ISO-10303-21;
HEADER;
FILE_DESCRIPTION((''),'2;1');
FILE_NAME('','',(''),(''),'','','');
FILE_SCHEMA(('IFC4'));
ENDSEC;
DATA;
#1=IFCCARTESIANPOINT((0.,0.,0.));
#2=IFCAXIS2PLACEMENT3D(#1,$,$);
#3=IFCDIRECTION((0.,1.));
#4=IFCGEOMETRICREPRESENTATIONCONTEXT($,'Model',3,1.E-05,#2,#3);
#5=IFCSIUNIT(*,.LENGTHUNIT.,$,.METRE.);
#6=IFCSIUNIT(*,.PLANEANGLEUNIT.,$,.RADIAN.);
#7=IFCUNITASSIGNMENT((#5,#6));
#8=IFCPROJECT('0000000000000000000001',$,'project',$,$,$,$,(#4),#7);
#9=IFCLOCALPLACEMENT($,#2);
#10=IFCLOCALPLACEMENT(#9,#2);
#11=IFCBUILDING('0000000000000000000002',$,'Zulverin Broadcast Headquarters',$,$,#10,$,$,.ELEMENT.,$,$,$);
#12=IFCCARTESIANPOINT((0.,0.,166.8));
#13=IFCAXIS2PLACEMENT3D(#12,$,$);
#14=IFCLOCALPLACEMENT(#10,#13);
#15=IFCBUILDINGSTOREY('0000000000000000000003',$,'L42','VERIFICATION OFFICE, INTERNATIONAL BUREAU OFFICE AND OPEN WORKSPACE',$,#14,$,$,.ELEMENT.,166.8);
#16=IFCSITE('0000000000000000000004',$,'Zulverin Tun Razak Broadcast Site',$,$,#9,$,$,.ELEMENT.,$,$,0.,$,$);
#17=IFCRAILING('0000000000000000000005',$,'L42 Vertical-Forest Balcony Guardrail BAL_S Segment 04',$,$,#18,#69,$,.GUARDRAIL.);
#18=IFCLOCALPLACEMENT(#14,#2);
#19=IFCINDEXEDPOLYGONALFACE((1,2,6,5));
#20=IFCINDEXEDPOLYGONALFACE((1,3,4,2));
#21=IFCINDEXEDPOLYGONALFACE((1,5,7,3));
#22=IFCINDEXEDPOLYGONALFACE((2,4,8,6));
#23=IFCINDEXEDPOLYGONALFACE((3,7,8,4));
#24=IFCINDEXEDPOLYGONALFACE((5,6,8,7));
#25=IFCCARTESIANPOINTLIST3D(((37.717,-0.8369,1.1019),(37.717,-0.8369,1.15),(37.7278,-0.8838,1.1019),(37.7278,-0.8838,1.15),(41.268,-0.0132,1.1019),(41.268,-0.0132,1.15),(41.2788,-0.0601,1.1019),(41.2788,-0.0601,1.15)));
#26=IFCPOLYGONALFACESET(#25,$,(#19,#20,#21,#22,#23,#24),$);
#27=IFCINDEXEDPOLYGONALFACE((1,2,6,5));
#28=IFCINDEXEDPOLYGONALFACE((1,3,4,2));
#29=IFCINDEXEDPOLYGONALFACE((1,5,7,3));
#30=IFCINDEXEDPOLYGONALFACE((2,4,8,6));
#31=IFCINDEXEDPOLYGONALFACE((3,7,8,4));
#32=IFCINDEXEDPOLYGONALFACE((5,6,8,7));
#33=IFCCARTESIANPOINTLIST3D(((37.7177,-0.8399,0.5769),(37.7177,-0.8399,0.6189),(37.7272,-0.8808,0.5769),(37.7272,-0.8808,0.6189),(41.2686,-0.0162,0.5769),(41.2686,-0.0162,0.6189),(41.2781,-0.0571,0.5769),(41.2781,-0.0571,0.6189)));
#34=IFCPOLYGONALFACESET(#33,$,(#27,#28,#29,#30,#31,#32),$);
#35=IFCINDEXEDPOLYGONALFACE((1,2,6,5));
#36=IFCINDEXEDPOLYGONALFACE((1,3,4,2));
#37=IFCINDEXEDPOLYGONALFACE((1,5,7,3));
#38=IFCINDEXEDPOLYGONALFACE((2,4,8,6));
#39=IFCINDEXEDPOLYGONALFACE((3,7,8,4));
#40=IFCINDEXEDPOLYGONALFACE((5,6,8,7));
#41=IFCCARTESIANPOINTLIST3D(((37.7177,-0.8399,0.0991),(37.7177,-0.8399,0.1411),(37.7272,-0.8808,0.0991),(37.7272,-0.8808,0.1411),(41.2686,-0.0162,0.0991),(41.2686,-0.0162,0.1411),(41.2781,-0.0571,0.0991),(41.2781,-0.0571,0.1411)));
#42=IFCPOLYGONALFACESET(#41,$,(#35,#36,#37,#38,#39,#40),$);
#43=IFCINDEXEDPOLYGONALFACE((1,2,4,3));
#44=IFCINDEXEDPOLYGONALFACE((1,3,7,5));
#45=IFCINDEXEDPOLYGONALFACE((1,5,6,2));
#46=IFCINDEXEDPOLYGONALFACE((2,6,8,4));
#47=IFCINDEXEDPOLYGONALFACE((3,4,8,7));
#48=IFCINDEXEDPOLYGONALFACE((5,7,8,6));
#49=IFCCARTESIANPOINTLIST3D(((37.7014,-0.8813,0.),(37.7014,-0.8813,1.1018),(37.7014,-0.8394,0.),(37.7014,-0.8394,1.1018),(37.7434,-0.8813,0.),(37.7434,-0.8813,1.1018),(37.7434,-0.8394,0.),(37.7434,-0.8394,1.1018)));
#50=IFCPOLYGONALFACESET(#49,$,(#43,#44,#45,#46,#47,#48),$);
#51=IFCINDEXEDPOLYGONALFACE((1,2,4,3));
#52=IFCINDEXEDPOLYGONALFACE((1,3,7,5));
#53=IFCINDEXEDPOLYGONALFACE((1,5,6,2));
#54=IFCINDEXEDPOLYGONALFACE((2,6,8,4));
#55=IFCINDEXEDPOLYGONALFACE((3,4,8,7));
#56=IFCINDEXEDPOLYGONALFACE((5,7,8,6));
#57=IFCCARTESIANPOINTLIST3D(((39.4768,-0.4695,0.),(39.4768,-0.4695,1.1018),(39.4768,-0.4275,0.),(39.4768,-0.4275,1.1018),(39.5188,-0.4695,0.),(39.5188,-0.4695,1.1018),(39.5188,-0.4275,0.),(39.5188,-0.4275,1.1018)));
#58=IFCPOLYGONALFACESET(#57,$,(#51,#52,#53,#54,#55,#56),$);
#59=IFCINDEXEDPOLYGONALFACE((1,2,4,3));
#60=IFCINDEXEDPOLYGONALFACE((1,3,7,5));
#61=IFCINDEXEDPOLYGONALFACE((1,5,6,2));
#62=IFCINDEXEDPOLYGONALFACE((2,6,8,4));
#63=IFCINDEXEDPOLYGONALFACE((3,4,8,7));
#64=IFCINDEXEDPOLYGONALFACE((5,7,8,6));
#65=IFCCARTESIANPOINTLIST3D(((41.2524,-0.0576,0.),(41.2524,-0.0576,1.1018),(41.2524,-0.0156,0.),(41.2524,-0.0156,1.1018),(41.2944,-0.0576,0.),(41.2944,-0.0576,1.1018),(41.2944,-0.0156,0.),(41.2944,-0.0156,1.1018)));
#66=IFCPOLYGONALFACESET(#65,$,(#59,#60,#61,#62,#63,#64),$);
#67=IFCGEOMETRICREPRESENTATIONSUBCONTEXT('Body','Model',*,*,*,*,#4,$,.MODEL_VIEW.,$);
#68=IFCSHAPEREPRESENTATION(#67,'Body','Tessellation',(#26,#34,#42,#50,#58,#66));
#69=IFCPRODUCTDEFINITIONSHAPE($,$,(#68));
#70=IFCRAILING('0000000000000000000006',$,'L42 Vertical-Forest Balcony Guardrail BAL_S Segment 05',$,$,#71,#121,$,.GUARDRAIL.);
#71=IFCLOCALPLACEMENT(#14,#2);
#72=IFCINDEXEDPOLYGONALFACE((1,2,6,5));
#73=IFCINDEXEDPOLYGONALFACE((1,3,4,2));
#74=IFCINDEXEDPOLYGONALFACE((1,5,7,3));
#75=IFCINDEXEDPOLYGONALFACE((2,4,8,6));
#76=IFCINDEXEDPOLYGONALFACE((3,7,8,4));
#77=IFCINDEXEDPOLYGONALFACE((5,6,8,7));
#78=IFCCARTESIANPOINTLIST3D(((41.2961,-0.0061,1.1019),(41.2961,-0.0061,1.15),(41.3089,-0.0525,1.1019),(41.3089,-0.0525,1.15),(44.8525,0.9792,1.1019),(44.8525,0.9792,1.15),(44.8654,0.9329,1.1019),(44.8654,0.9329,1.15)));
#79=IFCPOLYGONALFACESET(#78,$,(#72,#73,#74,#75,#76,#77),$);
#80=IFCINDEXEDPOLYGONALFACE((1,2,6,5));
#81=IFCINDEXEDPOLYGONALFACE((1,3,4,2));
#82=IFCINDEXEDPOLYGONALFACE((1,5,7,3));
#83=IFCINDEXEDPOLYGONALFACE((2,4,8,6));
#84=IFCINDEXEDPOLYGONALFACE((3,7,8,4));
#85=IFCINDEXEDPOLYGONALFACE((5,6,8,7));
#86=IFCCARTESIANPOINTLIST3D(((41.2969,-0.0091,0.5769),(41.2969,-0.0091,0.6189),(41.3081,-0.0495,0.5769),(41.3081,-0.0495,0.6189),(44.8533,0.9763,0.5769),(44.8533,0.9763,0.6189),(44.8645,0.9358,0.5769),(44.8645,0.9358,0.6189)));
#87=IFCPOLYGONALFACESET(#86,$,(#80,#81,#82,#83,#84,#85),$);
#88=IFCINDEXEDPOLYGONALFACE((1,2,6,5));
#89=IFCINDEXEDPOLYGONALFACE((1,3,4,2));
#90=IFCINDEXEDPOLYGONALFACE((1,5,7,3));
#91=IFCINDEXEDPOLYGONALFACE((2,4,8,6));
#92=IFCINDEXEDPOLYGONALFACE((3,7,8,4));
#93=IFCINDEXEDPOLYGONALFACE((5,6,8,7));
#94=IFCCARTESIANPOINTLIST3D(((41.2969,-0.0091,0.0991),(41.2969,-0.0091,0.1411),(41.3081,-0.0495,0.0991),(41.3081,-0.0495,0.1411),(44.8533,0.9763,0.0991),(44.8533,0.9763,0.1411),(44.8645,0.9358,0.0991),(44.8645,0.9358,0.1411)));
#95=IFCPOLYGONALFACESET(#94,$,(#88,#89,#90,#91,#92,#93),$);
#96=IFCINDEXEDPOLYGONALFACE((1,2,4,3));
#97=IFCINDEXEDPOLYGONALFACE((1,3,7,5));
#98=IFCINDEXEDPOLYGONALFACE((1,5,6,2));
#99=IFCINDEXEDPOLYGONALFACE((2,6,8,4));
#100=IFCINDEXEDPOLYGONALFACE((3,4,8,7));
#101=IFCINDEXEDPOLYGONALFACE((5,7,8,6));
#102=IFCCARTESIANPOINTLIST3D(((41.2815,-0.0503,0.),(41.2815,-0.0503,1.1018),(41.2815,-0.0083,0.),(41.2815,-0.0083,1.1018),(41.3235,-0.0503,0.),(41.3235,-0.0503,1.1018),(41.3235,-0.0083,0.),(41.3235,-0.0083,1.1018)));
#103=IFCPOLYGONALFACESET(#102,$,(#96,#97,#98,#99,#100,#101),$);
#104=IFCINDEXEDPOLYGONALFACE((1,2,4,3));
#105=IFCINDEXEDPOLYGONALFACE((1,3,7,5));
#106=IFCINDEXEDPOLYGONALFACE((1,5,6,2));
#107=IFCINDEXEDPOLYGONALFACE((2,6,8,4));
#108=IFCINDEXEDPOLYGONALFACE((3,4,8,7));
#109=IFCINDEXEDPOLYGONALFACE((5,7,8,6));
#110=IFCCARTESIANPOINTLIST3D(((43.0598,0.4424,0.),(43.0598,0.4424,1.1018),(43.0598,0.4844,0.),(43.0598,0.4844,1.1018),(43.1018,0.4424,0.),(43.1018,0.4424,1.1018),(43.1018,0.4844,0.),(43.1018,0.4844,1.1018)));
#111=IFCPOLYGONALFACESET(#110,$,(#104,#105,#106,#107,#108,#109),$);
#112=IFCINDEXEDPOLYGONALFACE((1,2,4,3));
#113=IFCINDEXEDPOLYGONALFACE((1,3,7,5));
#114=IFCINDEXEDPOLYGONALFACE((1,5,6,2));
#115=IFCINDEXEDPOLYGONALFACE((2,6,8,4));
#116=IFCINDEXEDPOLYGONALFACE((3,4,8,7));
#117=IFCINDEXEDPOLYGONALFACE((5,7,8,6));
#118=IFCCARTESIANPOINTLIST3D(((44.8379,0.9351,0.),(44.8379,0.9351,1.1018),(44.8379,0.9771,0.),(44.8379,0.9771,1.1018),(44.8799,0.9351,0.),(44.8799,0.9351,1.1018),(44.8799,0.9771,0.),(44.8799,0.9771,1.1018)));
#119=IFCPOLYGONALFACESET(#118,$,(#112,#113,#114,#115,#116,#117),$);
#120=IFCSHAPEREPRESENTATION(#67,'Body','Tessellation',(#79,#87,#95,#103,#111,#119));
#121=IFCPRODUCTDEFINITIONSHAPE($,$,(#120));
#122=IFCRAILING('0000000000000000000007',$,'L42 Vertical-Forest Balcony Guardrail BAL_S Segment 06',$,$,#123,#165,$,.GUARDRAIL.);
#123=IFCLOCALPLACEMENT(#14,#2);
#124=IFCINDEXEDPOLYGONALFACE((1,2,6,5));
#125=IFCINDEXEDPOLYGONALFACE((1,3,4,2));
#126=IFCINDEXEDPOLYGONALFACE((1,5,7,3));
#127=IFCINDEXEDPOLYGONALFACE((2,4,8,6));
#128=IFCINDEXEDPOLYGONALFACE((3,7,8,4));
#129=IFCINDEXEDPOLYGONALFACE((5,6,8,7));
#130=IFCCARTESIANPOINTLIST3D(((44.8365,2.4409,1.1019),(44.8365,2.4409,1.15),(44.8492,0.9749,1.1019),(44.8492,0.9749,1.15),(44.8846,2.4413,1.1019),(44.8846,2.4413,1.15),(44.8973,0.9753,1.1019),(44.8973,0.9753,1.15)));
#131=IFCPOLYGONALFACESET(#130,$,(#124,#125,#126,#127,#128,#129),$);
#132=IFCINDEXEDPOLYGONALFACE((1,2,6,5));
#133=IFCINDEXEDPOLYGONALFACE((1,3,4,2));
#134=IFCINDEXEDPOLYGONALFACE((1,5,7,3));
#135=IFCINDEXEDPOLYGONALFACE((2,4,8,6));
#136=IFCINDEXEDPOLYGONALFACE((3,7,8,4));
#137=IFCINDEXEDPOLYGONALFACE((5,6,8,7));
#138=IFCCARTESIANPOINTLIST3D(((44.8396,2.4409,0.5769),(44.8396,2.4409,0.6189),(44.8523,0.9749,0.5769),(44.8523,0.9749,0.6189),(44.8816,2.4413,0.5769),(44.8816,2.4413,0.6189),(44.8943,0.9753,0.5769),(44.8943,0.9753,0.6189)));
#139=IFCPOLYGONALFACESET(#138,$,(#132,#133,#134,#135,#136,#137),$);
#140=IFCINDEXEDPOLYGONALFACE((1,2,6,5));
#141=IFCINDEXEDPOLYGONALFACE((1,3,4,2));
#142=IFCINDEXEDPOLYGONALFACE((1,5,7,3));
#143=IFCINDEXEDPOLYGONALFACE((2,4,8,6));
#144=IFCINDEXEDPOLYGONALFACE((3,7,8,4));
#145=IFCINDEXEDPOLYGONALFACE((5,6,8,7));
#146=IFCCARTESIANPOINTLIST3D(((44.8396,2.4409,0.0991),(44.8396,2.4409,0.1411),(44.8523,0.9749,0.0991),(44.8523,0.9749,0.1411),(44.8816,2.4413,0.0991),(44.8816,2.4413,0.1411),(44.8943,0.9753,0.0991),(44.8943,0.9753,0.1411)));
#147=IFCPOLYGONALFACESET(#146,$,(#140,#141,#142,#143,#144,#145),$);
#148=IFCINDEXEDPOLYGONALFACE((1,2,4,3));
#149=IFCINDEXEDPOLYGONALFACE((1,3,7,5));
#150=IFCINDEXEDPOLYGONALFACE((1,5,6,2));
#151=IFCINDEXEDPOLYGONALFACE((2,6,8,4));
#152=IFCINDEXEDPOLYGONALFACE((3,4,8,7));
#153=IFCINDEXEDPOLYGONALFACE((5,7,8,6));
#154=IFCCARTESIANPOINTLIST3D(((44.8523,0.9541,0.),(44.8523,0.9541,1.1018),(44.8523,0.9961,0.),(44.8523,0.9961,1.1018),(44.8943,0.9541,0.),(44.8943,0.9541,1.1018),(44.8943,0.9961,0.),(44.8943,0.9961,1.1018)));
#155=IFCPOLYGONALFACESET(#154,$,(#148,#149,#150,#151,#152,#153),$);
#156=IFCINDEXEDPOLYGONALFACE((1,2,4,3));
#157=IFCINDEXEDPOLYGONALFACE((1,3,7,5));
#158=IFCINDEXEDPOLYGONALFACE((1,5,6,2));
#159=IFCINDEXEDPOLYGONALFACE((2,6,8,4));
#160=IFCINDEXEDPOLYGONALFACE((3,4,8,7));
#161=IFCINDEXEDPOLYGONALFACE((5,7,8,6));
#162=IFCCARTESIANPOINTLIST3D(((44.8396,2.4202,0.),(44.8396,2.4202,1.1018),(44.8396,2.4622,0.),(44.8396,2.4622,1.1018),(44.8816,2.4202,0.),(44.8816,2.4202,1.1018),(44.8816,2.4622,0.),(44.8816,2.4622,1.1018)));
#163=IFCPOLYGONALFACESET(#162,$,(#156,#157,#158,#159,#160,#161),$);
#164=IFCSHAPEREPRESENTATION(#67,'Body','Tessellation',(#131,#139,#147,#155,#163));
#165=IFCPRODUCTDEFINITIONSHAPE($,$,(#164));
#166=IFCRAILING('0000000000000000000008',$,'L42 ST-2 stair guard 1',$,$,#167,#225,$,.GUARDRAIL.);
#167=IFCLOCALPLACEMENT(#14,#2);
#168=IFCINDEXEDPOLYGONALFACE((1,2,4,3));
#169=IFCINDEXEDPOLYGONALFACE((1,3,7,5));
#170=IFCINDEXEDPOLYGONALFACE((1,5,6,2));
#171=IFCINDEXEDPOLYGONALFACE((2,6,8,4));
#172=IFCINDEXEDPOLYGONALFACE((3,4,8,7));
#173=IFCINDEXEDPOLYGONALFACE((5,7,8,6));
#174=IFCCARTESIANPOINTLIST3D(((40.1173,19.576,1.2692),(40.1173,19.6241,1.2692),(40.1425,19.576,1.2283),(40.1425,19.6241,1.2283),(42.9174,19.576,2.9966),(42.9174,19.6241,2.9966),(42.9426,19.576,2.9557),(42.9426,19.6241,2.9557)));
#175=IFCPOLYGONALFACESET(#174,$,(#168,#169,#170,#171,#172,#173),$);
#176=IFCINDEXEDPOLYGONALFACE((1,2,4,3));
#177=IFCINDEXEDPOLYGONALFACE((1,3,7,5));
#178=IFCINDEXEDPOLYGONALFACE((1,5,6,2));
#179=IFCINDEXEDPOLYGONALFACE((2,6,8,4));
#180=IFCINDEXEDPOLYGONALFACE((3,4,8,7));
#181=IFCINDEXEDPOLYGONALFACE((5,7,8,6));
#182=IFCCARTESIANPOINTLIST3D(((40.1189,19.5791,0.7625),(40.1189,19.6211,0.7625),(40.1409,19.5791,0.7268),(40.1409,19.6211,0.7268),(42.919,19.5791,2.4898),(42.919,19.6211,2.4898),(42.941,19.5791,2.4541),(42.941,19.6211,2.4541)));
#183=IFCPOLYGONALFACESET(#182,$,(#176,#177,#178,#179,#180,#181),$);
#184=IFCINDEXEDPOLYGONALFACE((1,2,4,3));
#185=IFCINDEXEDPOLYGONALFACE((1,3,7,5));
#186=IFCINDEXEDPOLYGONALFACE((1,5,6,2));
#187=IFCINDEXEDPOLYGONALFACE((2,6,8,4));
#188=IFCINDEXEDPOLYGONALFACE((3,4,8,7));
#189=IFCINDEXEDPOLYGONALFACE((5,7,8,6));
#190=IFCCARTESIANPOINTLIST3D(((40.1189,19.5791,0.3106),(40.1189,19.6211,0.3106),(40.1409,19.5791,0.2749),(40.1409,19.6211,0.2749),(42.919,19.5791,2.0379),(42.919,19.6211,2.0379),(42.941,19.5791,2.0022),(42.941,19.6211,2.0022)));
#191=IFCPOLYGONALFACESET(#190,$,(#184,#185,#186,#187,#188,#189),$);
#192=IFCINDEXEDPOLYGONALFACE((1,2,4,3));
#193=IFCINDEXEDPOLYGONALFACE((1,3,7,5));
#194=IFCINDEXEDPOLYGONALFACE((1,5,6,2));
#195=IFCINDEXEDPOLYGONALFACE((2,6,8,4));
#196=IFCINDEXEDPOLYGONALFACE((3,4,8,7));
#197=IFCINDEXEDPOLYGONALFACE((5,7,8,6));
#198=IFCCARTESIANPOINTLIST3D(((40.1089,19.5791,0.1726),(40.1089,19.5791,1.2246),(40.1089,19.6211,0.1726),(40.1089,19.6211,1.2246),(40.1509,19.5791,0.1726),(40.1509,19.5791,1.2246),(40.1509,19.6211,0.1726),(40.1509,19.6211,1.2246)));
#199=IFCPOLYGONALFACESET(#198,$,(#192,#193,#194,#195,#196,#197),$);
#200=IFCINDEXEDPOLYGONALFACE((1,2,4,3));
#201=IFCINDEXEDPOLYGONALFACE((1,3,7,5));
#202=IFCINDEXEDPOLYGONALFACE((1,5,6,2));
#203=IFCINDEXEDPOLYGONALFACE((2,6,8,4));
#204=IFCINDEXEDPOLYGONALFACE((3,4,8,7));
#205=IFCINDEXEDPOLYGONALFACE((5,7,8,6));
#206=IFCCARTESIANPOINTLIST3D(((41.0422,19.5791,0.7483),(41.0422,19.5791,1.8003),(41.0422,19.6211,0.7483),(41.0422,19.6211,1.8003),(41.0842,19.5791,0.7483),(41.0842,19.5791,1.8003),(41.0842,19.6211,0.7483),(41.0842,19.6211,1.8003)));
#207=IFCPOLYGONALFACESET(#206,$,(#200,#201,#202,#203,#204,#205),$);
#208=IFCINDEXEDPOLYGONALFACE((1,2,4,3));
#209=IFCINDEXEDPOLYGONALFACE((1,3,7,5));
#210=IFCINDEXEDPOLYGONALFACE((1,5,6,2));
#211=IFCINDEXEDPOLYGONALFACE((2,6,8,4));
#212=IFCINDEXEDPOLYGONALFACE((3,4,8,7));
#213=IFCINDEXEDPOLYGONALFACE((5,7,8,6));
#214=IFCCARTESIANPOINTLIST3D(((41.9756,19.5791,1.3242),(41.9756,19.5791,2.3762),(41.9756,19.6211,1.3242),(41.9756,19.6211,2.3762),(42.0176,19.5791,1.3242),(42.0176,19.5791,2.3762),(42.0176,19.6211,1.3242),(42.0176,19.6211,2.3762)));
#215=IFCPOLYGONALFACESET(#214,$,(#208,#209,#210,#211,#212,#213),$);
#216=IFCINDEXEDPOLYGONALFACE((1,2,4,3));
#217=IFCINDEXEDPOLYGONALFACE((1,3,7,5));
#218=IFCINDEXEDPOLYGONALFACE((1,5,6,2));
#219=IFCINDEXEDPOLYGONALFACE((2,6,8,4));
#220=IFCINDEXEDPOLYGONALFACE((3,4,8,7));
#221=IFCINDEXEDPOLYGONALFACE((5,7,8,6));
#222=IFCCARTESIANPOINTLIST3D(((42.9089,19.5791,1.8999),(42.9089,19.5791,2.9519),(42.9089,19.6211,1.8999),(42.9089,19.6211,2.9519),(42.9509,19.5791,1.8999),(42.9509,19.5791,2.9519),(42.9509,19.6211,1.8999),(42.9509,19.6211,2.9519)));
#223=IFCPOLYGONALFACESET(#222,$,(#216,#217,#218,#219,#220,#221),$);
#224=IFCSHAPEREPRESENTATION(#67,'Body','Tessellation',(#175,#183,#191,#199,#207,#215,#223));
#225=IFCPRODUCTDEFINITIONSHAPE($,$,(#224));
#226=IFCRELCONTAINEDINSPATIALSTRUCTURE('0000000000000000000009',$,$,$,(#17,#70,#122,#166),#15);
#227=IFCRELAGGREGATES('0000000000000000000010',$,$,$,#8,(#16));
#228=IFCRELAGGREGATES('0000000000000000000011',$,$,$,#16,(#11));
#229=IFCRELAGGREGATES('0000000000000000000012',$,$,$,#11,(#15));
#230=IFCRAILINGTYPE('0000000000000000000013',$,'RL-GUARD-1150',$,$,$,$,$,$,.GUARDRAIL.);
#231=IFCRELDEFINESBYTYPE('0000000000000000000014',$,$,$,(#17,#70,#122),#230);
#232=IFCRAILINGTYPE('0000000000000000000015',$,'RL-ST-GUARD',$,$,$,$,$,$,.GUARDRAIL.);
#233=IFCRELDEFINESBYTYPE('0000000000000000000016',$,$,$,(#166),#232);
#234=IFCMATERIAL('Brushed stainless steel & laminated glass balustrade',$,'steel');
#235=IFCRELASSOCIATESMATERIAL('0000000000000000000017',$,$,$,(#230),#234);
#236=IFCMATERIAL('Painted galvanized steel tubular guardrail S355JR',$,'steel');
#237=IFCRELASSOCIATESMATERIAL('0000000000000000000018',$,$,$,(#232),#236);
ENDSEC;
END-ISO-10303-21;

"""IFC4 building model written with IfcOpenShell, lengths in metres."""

from ifc_helpers import new_model, si_unit, direction, frame, origin, origin_2d, place, context, subcontext, project, spatial, rectangle, extrude, material, type_object, element, save


model = new_model("IFC4")

# Units and contexts
model_context = context("Model", 3, precision=1e-05, world=origin(), true_north=direction((0.0, 1.0)))
body_context = subcontext(model_context, "Body", "Model", "MODEL_VIEW")
ifc_project = project(units=[si_unit("LENGTHUNIT", "METRE"), si_unit("PLANEANGLEUNIT", "RADIAN")], contexts=[model_context])

# Site, building, storey
site_placement = place(None, origin())
site = spatial("IfcSite", under=ifc_project, at=site_placement, Name="Zulverin Tun Razak Broadcast Site", CompositionType="ELEMENT", RefElevation=0.0)
building_placement = place(site_placement, origin())
building = spatial("IfcBuilding", under=site, at=building_placement, Name="Zulverin Broadcast Headquarters", CompositionType="ELEMENT")
storey_placement = place(building_placement, frame((0.0, 0.0, 166.8)))
storey = spatial("IfcBuildingStorey", under=building, at=storey_placement, Name="L42", Description="VERIFICATION OFFICE, INTERNATIONAL BUREAU OFFICE AND OPEN WORKSPACE", CompositionType="ELEMENT", Elevation=166.8)

# Railings
ifc_material_1 = material(Name="Brushed stainless steel & laminated glass balustrade", Category="steel")
railing_type_1 = type_object("IfcRailingType", Name="RL-GUARD-1150", PredefinedType="GUARDRAIL", material=ifc_material_1)
railing_1_placement = place(storey_placement, frame((37.7224, -0.8604, 0.0)))
element("IfcRailing", 1, at=railing_1_placement, inside=storey, type_object=railing_type_1, Name="L42 Vertical-Forest Balcony Guardrail BAL_S Segment 04", PredefinedType="GUARDRAIL", context=body_context, shape_type="SweptSolid", body=[
    extrude(rectangle(XDim=0.0481, YDim=0.0481, at=origin_2d()), frame((0.0, 0.0, 1.126), z_axis=(0.974134, 0.22597, 0.0), x_axis=(-0.22597, 0.974134, 0.0)), (0.0, 0.0, 1.0), 3.6453),
    extrude(rectangle(XDim=0.042, YDim=0.042, at=origin_2d()), frame((0.0, 0.0, 0.5979), z_axis=(0.974134, 0.22597, 0.0), x_axis=(-0.22597, 0.974134, 0.0)), (0.0, 0.0, 1.0), 3.6453),
    extrude(rectangle(XDim=0.042, YDim=0.042, at=origin_2d()), frame((0.0, 0.0, 0.1201), z_axis=(0.974134, 0.22597, 0.0), x_axis=(-0.22597, 0.974134, 0.0)), (0.0, 0.0, 1.0), 3.6453),
    extrude(rectangle(XDim=0.042, YDim=0.042, at=origin_2d()), origin(), (0.0, 0.0, 1.0), 1.1018),
    extrude(rectangle(XDim=0.042, YDim=0.042, at=origin_2d()), frame((1.7754, 0.4119, 0.0)), (0.0, 0.0, 1.0), 1.1018),
    extrude(rectangle(XDim=0.042, YDim=0.042, at=origin_2d()), frame((3.551, 0.8237, 0.0)), (0.0, 0.0, 1.0), 1.1018),
])
railing_2_placement = place(storey_placement, frame((41.3025, -0.0293, 0.0)))
element("IfcRailing", 2, at=railing_2_placement, inside=storey, type_object=railing_type_1, Name="L42 Vertical-Forest Balcony Guardrail BAL_S Segment 05", PredefinedType="GUARDRAIL", context=body_context, shape_type="SweptSolid", body=[
    extrude(rectangle(XDim=0.0481, YDim=0.0481, at=origin_2d()), frame((0.0, 0.0, 1.126), z_axis=(0.963695, 0.267006, 0.0), x_axis=(-0.267006, 0.963695, 0.0)), (0.0, 0.0, 1.0), 3.6904),
    extrude(rectangle(XDim=0.042, YDim=0.042, at=origin_2d()), frame((0.0, 0.0, 0.5979), z_axis=(0.963695, 0.267006, 0.0), x_axis=(-0.267006, 0.963695, 0.0)), (0.0, 0.0, 1.0), 3.6904),
    extrude(rectangle(XDim=0.042, YDim=0.042, at=origin_2d()), frame((0.0, 0.0, 0.1201), z_axis=(0.963695, 0.267006, 0.0), x_axis=(-0.267006, 0.963695, 0.0)), (0.0, 0.0, 1.0), 3.6904),
    extrude(rectangle(XDim=0.042, YDim=0.042, at=origin_2d()), origin(), (0.0, 0.0, 1.0), 1.1018),
    extrude(rectangle(XDim=0.042, YDim=0.042, at=origin_2d()), frame((1.7783, 0.4927, 0.0)), (0.0, 0.0, 1.0), 1.1018),
    extrude(rectangle(XDim=0.042, YDim=0.042, at=origin_2d()), frame((3.5564, 0.9854, 0.0)), (0.0, 0.0, 1.0), 1.1018),
])
railing_3_placement = place(storey_placement, frame((44.8733, 0.9751, 0.0)))
element("IfcRailing", 3, at=railing_3_placement, inside=storey, type_object=railing_type_1, Name="L42 Vertical-Forest Balcony Guardrail BAL_S Segment 06", PredefinedType="GUARDRAIL", context=body_context, shape_type="SweptSolid", body=[
    extrude(rectangle(XDim=0.0481, YDim=0.0481, at=origin_2d()), frame((0.0, 0.0, 1.126), z_axis=(-0.008659, 0.999963, 0.0), x_axis=(-0.999963, -0.008659, 0.0)), (0.0, 0.0, 1.0), 1.4661),
    extrude(rectangle(XDim=0.042, YDim=0.042, at=origin_2d()), frame((0.0, 0.0, 0.5979), z_axis=(-0.008659, 0.999963, 0.0), x_axis=(-0.999963, -0.008659, 0.0)), (0.0, 0.0, 1.0), 1.4661),
    extrude(rectangle(XDim=0.042, YDim=0.042, at=origin_2d()), frame((0.0, 0.0, 0.1201), z_axis=(-0.008659, 0.999963, 0.0), x_axis=(-0.999963, -0.008659, 0.0)), (0.0, 0.0, 1.0), 1.4661),
    extrude(rectangle(XDim=0.042, YDim=0.042, at=origin_2d()), origin(), (0.0, 0.0, 1.0), 1.1018),
    extrude(rectangle(XDim=0.042, YDim=0.042, at=origin_2d()), frame((-0.0127, 1.4661, 0.0)), (0.0, 0.0, 1.0), 1.1018),
])
ifc_material_2 = material(Name="Painted galvanized steel tubular guardrail S355JR", Category="steel")
railing_type_2 = type_object("IfcRailingType", Name="RL-ST-GUARD", PredefinedType="GUARDRAIL", material=ifc_material_2)
railing_4_placement = place(storey_placement, frame((40.1299, 19.6001, 0.1726)))
element("IfcRailing", 4, at=railing_4_placement, inside=storey, type_object=railing_type_2, Name="L42 ST-2 stair guard 1", PredefinedType="GUARDRAIL", context=body_context, shape_type="SweptSolid", body=[
    extrude(rectangle(XDim=0.0481, YDim=0.0481, at=origin_2d()), frame((0.0, 0.0, 1.0762), z_axis=(0.85109, 0.0, 0.52502), x_axis=(0.0, 1.0, 0.0)), (0.0, 0.0, 1.0), 3.29),
    extrude(rectangle(XDim=0.042, YDim=0.042, at=origin_2d()), frame((0.0, 0.0, 0.572), z_axis=(0.85109, 0.0, 0.52502), x_axis=(0.0, 1.0, 0.0)), (0.0, 0.0, 1.0), 3.29),
    extrude(rectangle(XDim=0.042, YDim=0.042, at=origin_2d()), frame((0.0, 0.0, 0.1201), z_axis=(0.85109, 0.0, 0.52502), x_axis=(0.0, 1.0, 0.0)), (0.0, 0.0, 1.0), 3.29),
    extrude(rectangle(XDim=0.042, YDim=0.042, at=origin_2d()), origin(), (0.0, 0.0, 1.0), 1.052),
    extrude(rectangle(XDim=0.042, YDim=0.042, at=origin_2d()), frame((0.9333, 0.0, 0.5757)), (0.0, 0.0, 1.0), 1.052),
    extrude(rectangle(XDim=0.042, YDim=0.042, at=origin_2d()), frame((1.8667, 0.0, 1.1516)), (0.0, 0.0, 1.0), 1.052),
    extrude(rectangle(XDim=0.042, YDim=0.042, at=origin_2d()), frame((2.8, 0.0, 1.7273)), (0.0, 0.0, 1.0), 1.052),
])

save(model, "model.ifc")
